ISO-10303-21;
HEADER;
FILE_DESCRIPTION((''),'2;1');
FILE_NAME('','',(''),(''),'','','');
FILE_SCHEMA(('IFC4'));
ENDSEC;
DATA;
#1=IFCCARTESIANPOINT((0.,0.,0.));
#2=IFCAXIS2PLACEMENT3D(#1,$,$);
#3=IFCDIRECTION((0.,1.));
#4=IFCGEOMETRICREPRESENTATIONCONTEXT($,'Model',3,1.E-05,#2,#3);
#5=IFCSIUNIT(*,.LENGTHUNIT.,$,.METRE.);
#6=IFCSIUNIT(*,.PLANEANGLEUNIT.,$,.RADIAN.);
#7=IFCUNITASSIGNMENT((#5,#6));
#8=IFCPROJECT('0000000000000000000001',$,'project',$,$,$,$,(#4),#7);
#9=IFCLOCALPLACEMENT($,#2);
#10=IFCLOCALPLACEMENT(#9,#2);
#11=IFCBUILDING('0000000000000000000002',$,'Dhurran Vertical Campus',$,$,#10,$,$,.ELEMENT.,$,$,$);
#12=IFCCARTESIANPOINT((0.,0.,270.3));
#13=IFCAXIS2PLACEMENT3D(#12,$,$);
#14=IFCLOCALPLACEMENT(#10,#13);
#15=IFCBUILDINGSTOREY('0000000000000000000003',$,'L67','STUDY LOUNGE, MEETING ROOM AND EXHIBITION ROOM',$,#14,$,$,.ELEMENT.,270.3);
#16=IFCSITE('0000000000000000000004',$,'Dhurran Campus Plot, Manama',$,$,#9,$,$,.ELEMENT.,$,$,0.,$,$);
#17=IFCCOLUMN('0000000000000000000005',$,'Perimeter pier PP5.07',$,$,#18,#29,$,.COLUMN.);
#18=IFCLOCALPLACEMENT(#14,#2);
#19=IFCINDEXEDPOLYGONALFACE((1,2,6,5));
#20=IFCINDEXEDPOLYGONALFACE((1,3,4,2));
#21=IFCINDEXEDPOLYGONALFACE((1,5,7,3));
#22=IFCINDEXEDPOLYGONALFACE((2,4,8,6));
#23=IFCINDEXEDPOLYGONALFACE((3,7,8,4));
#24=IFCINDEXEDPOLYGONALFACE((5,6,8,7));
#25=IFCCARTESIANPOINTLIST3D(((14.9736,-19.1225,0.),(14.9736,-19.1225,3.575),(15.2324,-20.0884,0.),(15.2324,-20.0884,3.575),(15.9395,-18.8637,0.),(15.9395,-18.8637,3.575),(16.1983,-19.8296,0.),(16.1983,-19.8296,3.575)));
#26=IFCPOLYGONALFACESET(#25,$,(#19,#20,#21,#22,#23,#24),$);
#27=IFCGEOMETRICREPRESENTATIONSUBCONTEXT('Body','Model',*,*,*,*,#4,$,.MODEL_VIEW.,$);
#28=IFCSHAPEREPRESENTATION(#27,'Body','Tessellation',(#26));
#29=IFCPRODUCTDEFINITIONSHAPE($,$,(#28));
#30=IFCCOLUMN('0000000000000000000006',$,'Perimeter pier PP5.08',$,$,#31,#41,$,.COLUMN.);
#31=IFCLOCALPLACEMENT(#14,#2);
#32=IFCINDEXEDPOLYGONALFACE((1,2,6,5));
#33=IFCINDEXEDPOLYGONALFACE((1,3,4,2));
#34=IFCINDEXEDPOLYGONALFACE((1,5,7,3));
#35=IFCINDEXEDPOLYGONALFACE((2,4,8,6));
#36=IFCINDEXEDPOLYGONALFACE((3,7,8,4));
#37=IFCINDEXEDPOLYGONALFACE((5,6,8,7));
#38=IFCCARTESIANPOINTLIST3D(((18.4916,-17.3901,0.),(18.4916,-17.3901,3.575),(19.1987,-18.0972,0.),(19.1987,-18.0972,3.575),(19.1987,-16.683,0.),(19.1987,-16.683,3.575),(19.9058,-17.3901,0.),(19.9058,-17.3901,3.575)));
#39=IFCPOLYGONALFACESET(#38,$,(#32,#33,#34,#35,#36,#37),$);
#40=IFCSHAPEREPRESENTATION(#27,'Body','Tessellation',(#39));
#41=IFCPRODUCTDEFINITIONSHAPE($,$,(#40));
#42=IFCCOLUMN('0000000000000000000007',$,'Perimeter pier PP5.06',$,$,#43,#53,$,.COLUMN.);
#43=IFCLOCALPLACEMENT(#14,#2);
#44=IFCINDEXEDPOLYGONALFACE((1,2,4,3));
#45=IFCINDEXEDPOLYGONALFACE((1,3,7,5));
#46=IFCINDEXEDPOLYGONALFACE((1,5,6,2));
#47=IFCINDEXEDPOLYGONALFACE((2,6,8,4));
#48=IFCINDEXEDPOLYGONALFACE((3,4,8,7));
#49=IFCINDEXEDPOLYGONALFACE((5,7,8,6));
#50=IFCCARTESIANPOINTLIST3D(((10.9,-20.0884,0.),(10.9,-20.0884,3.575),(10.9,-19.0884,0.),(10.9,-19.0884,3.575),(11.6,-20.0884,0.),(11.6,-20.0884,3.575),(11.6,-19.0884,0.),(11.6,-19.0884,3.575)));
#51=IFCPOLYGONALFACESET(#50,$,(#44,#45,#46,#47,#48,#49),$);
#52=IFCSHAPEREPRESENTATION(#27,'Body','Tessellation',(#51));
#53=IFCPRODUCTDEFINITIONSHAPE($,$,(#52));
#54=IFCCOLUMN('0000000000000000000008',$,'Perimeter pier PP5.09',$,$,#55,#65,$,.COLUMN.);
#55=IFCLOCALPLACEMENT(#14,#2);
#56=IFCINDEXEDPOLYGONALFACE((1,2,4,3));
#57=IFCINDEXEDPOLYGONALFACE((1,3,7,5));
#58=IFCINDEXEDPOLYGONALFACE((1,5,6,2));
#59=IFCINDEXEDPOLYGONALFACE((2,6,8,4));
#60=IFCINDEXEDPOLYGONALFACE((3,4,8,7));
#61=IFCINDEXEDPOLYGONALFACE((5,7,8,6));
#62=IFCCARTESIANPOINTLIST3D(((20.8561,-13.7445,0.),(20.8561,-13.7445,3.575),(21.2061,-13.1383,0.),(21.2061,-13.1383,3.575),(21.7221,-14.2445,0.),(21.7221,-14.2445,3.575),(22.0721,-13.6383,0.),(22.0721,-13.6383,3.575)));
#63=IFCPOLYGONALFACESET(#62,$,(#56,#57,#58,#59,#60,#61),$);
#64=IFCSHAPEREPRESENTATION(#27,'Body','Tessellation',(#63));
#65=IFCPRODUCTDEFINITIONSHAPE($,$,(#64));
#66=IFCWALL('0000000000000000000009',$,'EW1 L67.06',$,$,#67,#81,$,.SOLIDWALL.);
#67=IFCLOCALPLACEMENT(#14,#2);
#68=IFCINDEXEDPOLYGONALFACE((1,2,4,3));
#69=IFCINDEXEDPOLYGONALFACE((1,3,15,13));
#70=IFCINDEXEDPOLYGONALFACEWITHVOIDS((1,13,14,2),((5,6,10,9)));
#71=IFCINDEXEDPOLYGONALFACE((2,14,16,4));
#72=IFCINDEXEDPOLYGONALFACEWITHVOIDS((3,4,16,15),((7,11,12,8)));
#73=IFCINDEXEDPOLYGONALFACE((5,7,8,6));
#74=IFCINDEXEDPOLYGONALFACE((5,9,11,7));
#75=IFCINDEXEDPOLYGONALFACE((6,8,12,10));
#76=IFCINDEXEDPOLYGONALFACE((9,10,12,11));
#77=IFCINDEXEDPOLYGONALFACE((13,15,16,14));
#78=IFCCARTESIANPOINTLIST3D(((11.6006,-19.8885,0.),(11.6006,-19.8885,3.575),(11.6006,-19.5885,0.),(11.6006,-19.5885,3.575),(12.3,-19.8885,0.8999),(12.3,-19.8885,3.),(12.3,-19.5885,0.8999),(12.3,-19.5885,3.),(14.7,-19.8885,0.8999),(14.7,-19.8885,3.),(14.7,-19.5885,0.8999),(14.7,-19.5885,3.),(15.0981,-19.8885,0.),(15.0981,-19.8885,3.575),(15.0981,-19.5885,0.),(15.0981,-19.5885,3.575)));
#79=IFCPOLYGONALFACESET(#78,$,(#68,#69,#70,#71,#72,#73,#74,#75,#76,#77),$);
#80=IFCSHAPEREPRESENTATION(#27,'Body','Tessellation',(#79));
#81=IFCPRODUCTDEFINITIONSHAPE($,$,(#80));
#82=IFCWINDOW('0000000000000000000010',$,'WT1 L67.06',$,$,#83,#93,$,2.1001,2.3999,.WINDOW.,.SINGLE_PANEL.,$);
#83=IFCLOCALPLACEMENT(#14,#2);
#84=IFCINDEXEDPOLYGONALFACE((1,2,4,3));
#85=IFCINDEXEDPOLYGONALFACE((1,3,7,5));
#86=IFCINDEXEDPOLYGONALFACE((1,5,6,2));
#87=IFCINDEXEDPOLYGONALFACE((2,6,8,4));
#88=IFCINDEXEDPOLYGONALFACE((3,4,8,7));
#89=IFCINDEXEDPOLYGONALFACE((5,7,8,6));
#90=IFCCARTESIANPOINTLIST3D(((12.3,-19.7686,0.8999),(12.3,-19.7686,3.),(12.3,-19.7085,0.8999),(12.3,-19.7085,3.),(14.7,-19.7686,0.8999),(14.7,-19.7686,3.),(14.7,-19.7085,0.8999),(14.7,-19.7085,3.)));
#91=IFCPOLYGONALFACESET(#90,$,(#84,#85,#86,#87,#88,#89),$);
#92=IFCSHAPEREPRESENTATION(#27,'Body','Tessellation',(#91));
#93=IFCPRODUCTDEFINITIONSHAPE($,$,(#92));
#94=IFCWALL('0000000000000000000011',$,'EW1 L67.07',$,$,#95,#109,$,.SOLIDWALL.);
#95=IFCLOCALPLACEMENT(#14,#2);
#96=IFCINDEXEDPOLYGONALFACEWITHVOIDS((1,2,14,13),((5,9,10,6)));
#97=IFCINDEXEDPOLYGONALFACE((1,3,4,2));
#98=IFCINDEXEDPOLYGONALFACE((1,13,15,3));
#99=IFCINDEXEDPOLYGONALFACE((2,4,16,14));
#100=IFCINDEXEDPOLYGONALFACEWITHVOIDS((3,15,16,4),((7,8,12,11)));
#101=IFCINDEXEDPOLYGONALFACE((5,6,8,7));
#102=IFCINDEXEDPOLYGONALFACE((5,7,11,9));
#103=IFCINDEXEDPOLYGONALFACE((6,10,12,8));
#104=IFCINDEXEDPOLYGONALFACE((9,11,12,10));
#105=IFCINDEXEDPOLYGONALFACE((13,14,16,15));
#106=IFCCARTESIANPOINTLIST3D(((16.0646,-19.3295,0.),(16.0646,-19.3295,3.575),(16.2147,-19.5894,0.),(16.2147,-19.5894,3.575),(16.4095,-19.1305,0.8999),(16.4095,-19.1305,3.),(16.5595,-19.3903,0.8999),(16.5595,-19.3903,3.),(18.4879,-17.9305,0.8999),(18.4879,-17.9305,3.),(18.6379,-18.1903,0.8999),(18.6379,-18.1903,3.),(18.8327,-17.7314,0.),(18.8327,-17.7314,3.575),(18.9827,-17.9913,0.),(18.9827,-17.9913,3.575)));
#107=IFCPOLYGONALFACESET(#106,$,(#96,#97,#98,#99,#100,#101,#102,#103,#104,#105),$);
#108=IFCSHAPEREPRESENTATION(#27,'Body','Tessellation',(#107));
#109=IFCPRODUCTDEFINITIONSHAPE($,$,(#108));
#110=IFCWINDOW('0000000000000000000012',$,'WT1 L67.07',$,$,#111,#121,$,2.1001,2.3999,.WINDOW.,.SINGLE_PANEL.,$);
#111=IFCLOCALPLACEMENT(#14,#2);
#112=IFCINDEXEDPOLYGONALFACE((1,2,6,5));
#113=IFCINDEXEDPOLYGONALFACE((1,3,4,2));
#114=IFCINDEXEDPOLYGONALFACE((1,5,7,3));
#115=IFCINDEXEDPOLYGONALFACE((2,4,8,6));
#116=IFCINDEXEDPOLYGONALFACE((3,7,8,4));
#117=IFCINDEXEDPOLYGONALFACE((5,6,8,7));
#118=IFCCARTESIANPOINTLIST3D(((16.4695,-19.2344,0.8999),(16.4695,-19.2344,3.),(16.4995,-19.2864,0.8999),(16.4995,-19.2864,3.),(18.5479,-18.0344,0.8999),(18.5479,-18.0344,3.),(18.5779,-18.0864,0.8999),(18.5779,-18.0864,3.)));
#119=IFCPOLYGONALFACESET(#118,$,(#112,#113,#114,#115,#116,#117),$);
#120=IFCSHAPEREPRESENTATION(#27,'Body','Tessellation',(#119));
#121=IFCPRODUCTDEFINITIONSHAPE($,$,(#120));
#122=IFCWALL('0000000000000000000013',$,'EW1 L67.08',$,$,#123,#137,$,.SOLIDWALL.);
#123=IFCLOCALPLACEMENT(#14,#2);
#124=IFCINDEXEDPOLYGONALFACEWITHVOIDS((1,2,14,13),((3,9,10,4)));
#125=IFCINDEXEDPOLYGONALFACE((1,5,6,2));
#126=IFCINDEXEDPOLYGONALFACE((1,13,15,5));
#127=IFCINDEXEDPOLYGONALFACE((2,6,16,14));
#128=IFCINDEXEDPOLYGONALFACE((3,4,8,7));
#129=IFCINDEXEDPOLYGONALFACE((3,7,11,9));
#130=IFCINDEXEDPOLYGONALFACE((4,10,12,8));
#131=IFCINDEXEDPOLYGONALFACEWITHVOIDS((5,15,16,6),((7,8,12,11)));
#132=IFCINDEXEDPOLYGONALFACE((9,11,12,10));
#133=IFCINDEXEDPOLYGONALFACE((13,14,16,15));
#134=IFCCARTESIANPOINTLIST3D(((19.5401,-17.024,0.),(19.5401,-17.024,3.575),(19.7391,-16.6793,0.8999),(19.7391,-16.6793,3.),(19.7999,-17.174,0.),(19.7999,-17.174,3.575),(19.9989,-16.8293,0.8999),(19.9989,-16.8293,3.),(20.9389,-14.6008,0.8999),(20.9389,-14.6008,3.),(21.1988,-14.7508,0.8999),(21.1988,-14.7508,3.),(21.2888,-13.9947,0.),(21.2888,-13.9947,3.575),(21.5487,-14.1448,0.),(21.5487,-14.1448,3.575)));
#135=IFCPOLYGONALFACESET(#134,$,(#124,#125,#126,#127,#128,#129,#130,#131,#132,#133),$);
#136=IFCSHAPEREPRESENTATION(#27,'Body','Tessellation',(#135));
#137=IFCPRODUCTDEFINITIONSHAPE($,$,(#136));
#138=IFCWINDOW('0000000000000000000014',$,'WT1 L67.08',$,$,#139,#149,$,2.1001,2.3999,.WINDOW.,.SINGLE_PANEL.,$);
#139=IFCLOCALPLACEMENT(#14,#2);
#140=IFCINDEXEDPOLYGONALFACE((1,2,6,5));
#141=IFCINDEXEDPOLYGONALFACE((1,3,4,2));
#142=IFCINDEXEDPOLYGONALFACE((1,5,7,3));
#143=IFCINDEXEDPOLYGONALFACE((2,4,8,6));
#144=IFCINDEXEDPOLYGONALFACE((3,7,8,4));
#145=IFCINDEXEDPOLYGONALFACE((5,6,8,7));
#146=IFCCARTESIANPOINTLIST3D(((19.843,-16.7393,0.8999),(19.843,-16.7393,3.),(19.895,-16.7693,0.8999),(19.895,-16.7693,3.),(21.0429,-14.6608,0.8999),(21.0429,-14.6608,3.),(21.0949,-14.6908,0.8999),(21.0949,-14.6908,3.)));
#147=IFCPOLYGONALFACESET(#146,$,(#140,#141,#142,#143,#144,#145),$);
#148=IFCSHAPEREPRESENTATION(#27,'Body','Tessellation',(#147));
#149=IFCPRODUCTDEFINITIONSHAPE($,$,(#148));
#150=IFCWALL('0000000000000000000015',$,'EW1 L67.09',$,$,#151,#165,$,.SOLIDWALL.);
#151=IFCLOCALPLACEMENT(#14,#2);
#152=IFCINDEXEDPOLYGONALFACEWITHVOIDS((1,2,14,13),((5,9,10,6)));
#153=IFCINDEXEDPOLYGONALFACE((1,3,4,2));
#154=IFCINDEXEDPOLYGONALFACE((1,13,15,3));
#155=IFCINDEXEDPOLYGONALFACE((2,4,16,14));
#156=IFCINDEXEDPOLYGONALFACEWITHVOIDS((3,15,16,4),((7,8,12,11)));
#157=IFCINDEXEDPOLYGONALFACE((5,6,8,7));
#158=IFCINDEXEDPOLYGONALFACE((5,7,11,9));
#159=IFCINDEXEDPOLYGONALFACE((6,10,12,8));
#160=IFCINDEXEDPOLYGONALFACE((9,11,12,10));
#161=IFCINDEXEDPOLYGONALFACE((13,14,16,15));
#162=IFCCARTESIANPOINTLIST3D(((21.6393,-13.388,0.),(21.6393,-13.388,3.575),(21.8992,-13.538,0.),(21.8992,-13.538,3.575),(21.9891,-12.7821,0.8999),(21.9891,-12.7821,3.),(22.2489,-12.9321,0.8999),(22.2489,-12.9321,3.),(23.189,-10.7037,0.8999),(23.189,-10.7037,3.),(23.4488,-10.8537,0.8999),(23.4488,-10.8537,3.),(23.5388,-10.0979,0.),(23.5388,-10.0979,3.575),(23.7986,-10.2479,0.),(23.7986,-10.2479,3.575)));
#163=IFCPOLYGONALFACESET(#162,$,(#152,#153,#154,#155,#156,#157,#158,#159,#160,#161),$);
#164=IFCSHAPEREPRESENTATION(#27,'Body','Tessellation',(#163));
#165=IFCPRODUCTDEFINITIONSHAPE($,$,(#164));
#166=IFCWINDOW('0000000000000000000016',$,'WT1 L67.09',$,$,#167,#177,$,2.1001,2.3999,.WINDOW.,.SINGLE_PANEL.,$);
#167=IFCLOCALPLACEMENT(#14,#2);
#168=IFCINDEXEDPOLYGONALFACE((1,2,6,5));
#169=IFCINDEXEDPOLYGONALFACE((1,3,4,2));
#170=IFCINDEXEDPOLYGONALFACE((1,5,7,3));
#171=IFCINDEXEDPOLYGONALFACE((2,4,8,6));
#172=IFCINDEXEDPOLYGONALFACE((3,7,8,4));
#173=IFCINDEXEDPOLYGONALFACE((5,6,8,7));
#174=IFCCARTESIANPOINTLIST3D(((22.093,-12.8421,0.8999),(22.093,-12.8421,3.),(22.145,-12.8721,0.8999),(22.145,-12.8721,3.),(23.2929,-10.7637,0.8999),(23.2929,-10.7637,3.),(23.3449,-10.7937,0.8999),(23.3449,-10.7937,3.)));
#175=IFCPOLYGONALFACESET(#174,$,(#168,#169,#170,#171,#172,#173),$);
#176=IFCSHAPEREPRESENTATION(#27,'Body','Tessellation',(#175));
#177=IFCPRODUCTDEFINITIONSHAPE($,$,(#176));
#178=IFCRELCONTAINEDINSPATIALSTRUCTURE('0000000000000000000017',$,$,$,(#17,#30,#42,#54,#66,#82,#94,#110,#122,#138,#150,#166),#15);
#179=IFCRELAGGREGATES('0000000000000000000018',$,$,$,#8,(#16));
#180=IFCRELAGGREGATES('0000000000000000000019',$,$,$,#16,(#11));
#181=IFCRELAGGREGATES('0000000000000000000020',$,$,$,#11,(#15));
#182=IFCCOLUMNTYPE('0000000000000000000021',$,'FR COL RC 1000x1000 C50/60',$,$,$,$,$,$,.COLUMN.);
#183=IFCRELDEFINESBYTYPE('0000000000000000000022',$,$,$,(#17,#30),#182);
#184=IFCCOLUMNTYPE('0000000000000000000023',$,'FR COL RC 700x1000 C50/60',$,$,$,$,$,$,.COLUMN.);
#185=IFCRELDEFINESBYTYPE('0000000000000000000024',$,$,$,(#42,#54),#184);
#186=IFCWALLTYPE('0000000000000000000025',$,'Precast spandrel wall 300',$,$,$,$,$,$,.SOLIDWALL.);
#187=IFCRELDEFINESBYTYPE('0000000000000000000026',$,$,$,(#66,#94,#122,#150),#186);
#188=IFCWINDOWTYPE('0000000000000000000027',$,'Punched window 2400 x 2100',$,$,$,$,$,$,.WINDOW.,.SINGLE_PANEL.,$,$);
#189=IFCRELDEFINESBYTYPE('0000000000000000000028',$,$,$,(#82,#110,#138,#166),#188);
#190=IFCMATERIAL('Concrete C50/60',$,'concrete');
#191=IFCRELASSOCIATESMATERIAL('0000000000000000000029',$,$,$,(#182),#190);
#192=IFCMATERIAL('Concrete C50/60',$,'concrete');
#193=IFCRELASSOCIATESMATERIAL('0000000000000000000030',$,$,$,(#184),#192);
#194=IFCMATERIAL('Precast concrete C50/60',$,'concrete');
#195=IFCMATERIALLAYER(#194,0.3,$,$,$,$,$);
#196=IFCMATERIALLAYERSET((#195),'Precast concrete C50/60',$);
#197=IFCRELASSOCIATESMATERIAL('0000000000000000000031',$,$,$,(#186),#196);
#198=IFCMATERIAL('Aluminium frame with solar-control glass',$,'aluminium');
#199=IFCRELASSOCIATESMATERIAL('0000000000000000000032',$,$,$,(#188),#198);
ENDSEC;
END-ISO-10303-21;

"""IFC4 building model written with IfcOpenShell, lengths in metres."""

from ifc_helpers import new_model, si_unit, direction, frame, frame_2d, origin, origin_2d, place, context, subcontext, project, spatial, rectangle, extrude, material, layer, layer_set, material_profile, profile_set, type_object, element, fill, save


model = new_model("IFC4")

# Units and contexts
model_context = context("Model", 3, precision=1e-05, world=origin(), true_north=direction((0.0, 1.0)))
body_context = subcontext(model_context, "Body", "Model", "MODEL_VIEW")
ifc_project = project(units=[si_unit("LENGTHUNIT", "METRE"), si_unit("PLANEANGLEUNIT", "RADIAN")], contexts=[model_context])

# Site, building, storey
site_placement = place(None, origin())
site = spatial("IfcSite", under=ifc_project, at=site_placement, Name="Dhurran Campus Plot, Manama", CompositionType="ELEMENT", RefElevation=0.0)
building_placement = place(site_placement, origin())
building = spatial("IfcBuilding", under=site, at=building_placement, Name="Dhurran Vertical Campus", CompositionType="ELEMENT")
storey_placement = place(building_placement, frame((0.0, 0.0, 270.3)))
storey = spatial("IfcBuildingStorey", under=building, at=storey_placement, Name="L67", Description="STUDY LOUNGE, MEETING ROOM AND EXHIBITION ROOM", CompositionType="ELEMENT", Elevation=270.3)

# Columns
ifc_material_1 = material(Name="Concrete C50/60", Category="concrete")
ifc_material_profile_1 = material_profile(ifc_material_1, rectangle(XDim=1.0, YDim=1.0, at=origin_2d()), Name="RC 1000x1000")
ifc_profile_set_1 = profile_set([ifc_material_profile_1], Name="Concrete C50/60")
column_type_1 = type_object("IfcColumnType", Name="FR COL RC 1000x1000 C50/60", PredefinedType="COLUMN", material=ifc_profile_set_1)
for number, where, z_axis, x_axis, name in (
    (1, (15.5859, -19.4761, 0.0), (0.0, 0.0, 1.0), (0.965926, 0.258819, 0.0), "Perimeter pier PP5.07"),
    (2, (19.1987, -17.3901, 0.0), (0.0, 0.0, 1.0), (0.707107, 0.707107, 0.0), "Perimeter pier PP5.08"),
):
    element("IfcColumn", number, at=place(storey_placement, frame(where, z_axis=z_axis, x_axis=x_axis)), inside=storey, type_object=column_type_1, Name=name, PredefinedType="COLUMN", context=body_context, shape_type="SweptSolid", body=[
        extrude(rectangle(XDim=1.0, YDim=1.0, at=origin_2d()), origin(), (0.0, 0.0, 1.0), 3.575),
    ])
ifc_material_2 = material(Name="Concrete C50/60", Category="concrete")
ifc_material_profile_2 = material_profile(ifc_material_2, rectangle(XDim=0.7, YDim=1.0, at=origin_2d()), Name="RC 700x1000")
ifc_profile_set_2 = profile_set([ifc_material_profile_2], Name="Concrete C50/60")
column_type_2 = type_object("IfcColumnType", Name="FR COL RC 700x1000 C50/60", PredefinedType="COLUMN", material=ifc_profile_set_2)
for number, where, z_axis, x_axis, name in (
    (3, (11.25, -19.5884, 0.0), (0.0, 0.0, 1.0), (1.0, 0.0, 0.0), "Perimeter pier PP5.06"),
    (4, (21.4641, -13.6914, 0.0), (0.0, 0.0, 1.0), (0.5, 0.866025, 0.0), "Perimeter pier PP5.09"),
):
    element("IfcColumn", number, at=place(storey_placement, frame(where, z_axis=z_axis, x_axis=x_axis)), inside=storey, type_object=column_type_2, Name=name, PredefinedType="COLUMN", context=body_context, shape_type="SweptSolid", body=[
        extrude(rectangle(XDim=0.7, YDim=1.0, at=origin_2d()), origin(), (0.0, 0.0, 1.0), 3.575),
    ])

# Walls, openings, windows
ifc_material_3 = material(Name="Precast concrete C50/60", Category="concrete")
ifc_layer_1 = layer(ifc_material_3, 0.3)
ifc_layer_set_1 = layer_set([ifc_layer_1], Name="Precast concrete C50/60")
wall_type_1 = type_object("IfcWallType", Name="Precast spandrel wall 300", PredefinedType="SOLIDWALL", material=ifc_layer_set_1)
wall_1_placement = place(storey_placement, frame((11.6006, -19.7385, 0.0), z_axis=(0.0, 0.0, 1.0), x_axis=(1.0, 0.0, 0.0)))
wall_1 = element("IfcWall", 5, at=wall_1_placement, inside=storey, type_object=wall_type_1, Name="EW1 L67.06", PredefinedType="SOLIDWALL", context=body_context, shape_type="SweptSolid", body=[
    extrude(rectangle(XDim=3.4976, YDim=0.3, at=frame_2d((1.7488, 0.0))), origin(), (0.0, 0.0, 1.0), 3.575),
])
opening_1_placement = place(wall_1_placement, frame((0.6995, 0.0, 0.8999)))
opening_1 = element("IfcOpeningElement", 6, at=opening_1_placement, cuts=wall_1, PredefinedType="OPENING", context=body_context, shape_type="SweptSolid", body=[
    extrude(rectangle(XDim=2.3999, YDim=2.1001, at=frame_2d((1.2, 1.05))), frame((0.0, 0.1599, 0.0), z_axis=(0.0, -1.0, 0.0), x_axis=(1.0, 0.0, 0.0)), (0.0, 0.0, 1.0), 0.3201),
])
ifc_material_4 = material(Name="Aluminium frame with solar-control glass", Category="aluminium")
window_type = type_object("IfcWindowType", Name="Punched window 2400 x 2100", PartitioningType="SINGLE_PANEL", PredefinedType="WINDOW", material=ifc_material_4)
window_1_placement = place(opening_1_placement, origin())
window_1 = element("IfcWindow", 7, at=window_1_placement, inside=storey, type_object=window_type, Name="WT1 L67.06", OverallHeight=2.1001, OverallWidth=2.3999, PartitioningType="SINGLE_PANEL", PredefinedType="WINDOW", context=body_context, shape_type="SweptSolid", body=[
    extrude(rectangle(XDim=2.3999, YDim=2.1001, at=frame_2d((1.2, 1.05))), frame((0.0, 0.03, 0.0), z_axis=(0.0, -1.0, 0.0), x_axis=(1.0, 0.0, 0.0)), (0.0, 0.0, 1.0), 0.0601),
])
fill(opening_1, window_1)
wall_2_placement = place(storey_placement, frame((16.1396, -19.4595, 0.0), z_axis=(0.0, 0.0, 1.0), x_axis=(0.866025, 0.5, 0.0)))
wall_2 = element("IfcWall", 8, at=wall_2_placement, inside=storey, type_object=wall_type_1, Name="EW1 L67.07", PredefinedType="SOLIDWALL", context=body_context, shape_type="SweptSolid", body=[
    extrude(rectangle(XDim=3.1963, YDim=0.3, at=frame_2d((1.5981, 0.0))), origin(), (0.0, 0.0, 1.0), 3.575),
])
opening_2_placement = place(wall_2_placement, frame((0.3982, 0.0, 0.8999)))
opening_2 = element("IfcOpeningElement", 9, at=opening_2_placement, cuts=wall_2, PredefinedType="OPENING", context=body_context, shape_type="SweptSolid", body=[
    extrude(rectangle(XDim=2.3999, YDim=2.1001, at=frame_2d((1.2, 1.05))), frame((0.0, 0.1599, 0.0), z_axis=(0.0, -1.0, 0.0), x_axis=(1.0, 0.0, 0.0)), (0.0, 0.0, 1.0), 0.3201),
])
window_2_placement = place(opening_2_placement, origin())
window_2 = element("IfcWindow", 10, at=window_2_placement, inside=storey, type_object=window_type, Name="WT1 L67.07", OverallHeight=2.1001, OverallWidth=2.3999, PartitioningType="SINGLE_PANEL", PredefinedType="WINDOW", context=body_context, shape_type="SweptSolid", body=[
    extrude(rectangle(XDim=2.3999, YDim=2.1001, at=frame_2d((1.2, 1.05))), frame((0.0, 0.03, 0.0), z_axis=(0.0, -1.0, 0.0), x_axis=(1.0, 0.0, 0.0)), (0.0, 0.0, 1.0), 0.0601),
])
fill(opening_2, window_2)
wall_3_placement = place(storey_placement, frame((19.6699, -17.0991, 0.0), z_axis=(0.0, 0.0, 1.0), x_axis=(0.49996, 0.866048, 0.0)))
wall_3 = element("IfcWall", 11, at=wall_3_placement, inside=storey, type_object=wall_type_1, Name="EW1 L67.08", PredefinedType="SOLIDWALL", context=body_context, shape_type="SweptSolid", body=[
    extrude(rectangle(XDim=3.4978, YDim=0.3, at=frame_2d((1.749, 0.0))), origin(), (0.0, 0.0, 1.0), 3.575),
])
opening_3_placement = place(wall_3_placement, frame((0.3982, 0.0, 0.8999)))
opening_3 = element("IfcOpeningElement", 12, at=opening_3_placement, cuts=wall_3, PredefinedType="OPENING", context=body_context, shape_type="SweptSolid", body=[
    extrude(rectangle(XDim=2.3999, YDim=2.1001, at=frame_2d((1.2, 1.05))), frame((0.0, 0.1599, 0.0), z_axis=(0.0, -1.0, 0.0), x_axis=(1.0, 0.0, 0.0)), (0.0, 0.0, 1.0), 0.3201),
])
window_3_placement = place(opening_3_placement, origin())
window_3 = element("IfcWindow", 13, at=window_3_placement, inside=storey, type_object=window_type, Name="WT1 L67.08", OverallHeight=2.1001, OverallWidth=2.3999, PartitioningType="SINGLE_PANEL", PredefinedType="WINDOW", context=body_context, shape_type="SweptSolid", body=[
    extrude(rectangle(XDim=2.3999, YDim=2.1001, at=frame_2d((1.2, 1.05))), frame((0.0, 0.03, 0.0), z_axis=(0.0, -1.0, 0.0), x_axis=(1.0, 0.0, 0.0)), (0.0, 0.0, 1.0), 0.0601),
])
fill(opening_3, window_3)
wall_4_placement = place(storey_placement, frame((21.7693, -13.4629, 0.0), z_axis=(0.0, 0.0, 1.0), x_axis=(0.499982, 0.866036, 0.0)))
wall_4 = element("IfcWall", 14, at=wall_4_placement, inside=storey, type_object=wall_type_1, Name="EW1 L67.09", PredefinedType="SOLIDWALL", context=body_context, shape_type="SweptSolid", body=[
    extrude(rectangle(XDim=3.7991, YDim=0.3, at=frame_2d((1.8994, 0.0))), origin(), (0.0, 0.0, 1.0), 3.575),
])
opening_4_placement = place(wall_4_placement, frame((0.6995, 0.0, 0.8999)))
opening_4 = element("IfcOpeningElement", 15, at=opening_4_placement, cuts=wall_4, PredefinedType="OPENING", context=body_context, shape_type="SweptSolid", body=[
    extrude(rectangle(XDim=2.3999, YDim=2.1001, at=frame_2d((1.2, 1.05))), frame((0.0, 0.1599, 0.0), z_axis=(0.0, -1.0, 0.0), x_axis=(1.0, 0.0, 0.0)), (0.0, 0.0, 1.0), 0.3201),
])
window_4_placement = place(opening_4_placement, origin())
window_4 = element("IfcWindow", 16, at=window_4_placement, inside=storey, type_object=window_type, Name="WT1 L67.09", OverallHeight=2.1001, OverallWidth=2.3999, PartitioningType="SINGLE_PANEL", PredefinedType="WINDOW", context=body_context, shape_type="SweptSolid", body=[
    extrude(rectangle(XDim=2.3999, YDim=2.1001, at=frame_2d((1.2, 1.05))), frame((0.0, 0.03, 0.0), z_axis=(0.0, -1.0, 0.0), x_axis=(1.0, 0.0, 0.0)), (0.0, 0.0, 1.0), 0.0601),
])
fill(opening_4, window_4)

save(model, "model.ifc")
